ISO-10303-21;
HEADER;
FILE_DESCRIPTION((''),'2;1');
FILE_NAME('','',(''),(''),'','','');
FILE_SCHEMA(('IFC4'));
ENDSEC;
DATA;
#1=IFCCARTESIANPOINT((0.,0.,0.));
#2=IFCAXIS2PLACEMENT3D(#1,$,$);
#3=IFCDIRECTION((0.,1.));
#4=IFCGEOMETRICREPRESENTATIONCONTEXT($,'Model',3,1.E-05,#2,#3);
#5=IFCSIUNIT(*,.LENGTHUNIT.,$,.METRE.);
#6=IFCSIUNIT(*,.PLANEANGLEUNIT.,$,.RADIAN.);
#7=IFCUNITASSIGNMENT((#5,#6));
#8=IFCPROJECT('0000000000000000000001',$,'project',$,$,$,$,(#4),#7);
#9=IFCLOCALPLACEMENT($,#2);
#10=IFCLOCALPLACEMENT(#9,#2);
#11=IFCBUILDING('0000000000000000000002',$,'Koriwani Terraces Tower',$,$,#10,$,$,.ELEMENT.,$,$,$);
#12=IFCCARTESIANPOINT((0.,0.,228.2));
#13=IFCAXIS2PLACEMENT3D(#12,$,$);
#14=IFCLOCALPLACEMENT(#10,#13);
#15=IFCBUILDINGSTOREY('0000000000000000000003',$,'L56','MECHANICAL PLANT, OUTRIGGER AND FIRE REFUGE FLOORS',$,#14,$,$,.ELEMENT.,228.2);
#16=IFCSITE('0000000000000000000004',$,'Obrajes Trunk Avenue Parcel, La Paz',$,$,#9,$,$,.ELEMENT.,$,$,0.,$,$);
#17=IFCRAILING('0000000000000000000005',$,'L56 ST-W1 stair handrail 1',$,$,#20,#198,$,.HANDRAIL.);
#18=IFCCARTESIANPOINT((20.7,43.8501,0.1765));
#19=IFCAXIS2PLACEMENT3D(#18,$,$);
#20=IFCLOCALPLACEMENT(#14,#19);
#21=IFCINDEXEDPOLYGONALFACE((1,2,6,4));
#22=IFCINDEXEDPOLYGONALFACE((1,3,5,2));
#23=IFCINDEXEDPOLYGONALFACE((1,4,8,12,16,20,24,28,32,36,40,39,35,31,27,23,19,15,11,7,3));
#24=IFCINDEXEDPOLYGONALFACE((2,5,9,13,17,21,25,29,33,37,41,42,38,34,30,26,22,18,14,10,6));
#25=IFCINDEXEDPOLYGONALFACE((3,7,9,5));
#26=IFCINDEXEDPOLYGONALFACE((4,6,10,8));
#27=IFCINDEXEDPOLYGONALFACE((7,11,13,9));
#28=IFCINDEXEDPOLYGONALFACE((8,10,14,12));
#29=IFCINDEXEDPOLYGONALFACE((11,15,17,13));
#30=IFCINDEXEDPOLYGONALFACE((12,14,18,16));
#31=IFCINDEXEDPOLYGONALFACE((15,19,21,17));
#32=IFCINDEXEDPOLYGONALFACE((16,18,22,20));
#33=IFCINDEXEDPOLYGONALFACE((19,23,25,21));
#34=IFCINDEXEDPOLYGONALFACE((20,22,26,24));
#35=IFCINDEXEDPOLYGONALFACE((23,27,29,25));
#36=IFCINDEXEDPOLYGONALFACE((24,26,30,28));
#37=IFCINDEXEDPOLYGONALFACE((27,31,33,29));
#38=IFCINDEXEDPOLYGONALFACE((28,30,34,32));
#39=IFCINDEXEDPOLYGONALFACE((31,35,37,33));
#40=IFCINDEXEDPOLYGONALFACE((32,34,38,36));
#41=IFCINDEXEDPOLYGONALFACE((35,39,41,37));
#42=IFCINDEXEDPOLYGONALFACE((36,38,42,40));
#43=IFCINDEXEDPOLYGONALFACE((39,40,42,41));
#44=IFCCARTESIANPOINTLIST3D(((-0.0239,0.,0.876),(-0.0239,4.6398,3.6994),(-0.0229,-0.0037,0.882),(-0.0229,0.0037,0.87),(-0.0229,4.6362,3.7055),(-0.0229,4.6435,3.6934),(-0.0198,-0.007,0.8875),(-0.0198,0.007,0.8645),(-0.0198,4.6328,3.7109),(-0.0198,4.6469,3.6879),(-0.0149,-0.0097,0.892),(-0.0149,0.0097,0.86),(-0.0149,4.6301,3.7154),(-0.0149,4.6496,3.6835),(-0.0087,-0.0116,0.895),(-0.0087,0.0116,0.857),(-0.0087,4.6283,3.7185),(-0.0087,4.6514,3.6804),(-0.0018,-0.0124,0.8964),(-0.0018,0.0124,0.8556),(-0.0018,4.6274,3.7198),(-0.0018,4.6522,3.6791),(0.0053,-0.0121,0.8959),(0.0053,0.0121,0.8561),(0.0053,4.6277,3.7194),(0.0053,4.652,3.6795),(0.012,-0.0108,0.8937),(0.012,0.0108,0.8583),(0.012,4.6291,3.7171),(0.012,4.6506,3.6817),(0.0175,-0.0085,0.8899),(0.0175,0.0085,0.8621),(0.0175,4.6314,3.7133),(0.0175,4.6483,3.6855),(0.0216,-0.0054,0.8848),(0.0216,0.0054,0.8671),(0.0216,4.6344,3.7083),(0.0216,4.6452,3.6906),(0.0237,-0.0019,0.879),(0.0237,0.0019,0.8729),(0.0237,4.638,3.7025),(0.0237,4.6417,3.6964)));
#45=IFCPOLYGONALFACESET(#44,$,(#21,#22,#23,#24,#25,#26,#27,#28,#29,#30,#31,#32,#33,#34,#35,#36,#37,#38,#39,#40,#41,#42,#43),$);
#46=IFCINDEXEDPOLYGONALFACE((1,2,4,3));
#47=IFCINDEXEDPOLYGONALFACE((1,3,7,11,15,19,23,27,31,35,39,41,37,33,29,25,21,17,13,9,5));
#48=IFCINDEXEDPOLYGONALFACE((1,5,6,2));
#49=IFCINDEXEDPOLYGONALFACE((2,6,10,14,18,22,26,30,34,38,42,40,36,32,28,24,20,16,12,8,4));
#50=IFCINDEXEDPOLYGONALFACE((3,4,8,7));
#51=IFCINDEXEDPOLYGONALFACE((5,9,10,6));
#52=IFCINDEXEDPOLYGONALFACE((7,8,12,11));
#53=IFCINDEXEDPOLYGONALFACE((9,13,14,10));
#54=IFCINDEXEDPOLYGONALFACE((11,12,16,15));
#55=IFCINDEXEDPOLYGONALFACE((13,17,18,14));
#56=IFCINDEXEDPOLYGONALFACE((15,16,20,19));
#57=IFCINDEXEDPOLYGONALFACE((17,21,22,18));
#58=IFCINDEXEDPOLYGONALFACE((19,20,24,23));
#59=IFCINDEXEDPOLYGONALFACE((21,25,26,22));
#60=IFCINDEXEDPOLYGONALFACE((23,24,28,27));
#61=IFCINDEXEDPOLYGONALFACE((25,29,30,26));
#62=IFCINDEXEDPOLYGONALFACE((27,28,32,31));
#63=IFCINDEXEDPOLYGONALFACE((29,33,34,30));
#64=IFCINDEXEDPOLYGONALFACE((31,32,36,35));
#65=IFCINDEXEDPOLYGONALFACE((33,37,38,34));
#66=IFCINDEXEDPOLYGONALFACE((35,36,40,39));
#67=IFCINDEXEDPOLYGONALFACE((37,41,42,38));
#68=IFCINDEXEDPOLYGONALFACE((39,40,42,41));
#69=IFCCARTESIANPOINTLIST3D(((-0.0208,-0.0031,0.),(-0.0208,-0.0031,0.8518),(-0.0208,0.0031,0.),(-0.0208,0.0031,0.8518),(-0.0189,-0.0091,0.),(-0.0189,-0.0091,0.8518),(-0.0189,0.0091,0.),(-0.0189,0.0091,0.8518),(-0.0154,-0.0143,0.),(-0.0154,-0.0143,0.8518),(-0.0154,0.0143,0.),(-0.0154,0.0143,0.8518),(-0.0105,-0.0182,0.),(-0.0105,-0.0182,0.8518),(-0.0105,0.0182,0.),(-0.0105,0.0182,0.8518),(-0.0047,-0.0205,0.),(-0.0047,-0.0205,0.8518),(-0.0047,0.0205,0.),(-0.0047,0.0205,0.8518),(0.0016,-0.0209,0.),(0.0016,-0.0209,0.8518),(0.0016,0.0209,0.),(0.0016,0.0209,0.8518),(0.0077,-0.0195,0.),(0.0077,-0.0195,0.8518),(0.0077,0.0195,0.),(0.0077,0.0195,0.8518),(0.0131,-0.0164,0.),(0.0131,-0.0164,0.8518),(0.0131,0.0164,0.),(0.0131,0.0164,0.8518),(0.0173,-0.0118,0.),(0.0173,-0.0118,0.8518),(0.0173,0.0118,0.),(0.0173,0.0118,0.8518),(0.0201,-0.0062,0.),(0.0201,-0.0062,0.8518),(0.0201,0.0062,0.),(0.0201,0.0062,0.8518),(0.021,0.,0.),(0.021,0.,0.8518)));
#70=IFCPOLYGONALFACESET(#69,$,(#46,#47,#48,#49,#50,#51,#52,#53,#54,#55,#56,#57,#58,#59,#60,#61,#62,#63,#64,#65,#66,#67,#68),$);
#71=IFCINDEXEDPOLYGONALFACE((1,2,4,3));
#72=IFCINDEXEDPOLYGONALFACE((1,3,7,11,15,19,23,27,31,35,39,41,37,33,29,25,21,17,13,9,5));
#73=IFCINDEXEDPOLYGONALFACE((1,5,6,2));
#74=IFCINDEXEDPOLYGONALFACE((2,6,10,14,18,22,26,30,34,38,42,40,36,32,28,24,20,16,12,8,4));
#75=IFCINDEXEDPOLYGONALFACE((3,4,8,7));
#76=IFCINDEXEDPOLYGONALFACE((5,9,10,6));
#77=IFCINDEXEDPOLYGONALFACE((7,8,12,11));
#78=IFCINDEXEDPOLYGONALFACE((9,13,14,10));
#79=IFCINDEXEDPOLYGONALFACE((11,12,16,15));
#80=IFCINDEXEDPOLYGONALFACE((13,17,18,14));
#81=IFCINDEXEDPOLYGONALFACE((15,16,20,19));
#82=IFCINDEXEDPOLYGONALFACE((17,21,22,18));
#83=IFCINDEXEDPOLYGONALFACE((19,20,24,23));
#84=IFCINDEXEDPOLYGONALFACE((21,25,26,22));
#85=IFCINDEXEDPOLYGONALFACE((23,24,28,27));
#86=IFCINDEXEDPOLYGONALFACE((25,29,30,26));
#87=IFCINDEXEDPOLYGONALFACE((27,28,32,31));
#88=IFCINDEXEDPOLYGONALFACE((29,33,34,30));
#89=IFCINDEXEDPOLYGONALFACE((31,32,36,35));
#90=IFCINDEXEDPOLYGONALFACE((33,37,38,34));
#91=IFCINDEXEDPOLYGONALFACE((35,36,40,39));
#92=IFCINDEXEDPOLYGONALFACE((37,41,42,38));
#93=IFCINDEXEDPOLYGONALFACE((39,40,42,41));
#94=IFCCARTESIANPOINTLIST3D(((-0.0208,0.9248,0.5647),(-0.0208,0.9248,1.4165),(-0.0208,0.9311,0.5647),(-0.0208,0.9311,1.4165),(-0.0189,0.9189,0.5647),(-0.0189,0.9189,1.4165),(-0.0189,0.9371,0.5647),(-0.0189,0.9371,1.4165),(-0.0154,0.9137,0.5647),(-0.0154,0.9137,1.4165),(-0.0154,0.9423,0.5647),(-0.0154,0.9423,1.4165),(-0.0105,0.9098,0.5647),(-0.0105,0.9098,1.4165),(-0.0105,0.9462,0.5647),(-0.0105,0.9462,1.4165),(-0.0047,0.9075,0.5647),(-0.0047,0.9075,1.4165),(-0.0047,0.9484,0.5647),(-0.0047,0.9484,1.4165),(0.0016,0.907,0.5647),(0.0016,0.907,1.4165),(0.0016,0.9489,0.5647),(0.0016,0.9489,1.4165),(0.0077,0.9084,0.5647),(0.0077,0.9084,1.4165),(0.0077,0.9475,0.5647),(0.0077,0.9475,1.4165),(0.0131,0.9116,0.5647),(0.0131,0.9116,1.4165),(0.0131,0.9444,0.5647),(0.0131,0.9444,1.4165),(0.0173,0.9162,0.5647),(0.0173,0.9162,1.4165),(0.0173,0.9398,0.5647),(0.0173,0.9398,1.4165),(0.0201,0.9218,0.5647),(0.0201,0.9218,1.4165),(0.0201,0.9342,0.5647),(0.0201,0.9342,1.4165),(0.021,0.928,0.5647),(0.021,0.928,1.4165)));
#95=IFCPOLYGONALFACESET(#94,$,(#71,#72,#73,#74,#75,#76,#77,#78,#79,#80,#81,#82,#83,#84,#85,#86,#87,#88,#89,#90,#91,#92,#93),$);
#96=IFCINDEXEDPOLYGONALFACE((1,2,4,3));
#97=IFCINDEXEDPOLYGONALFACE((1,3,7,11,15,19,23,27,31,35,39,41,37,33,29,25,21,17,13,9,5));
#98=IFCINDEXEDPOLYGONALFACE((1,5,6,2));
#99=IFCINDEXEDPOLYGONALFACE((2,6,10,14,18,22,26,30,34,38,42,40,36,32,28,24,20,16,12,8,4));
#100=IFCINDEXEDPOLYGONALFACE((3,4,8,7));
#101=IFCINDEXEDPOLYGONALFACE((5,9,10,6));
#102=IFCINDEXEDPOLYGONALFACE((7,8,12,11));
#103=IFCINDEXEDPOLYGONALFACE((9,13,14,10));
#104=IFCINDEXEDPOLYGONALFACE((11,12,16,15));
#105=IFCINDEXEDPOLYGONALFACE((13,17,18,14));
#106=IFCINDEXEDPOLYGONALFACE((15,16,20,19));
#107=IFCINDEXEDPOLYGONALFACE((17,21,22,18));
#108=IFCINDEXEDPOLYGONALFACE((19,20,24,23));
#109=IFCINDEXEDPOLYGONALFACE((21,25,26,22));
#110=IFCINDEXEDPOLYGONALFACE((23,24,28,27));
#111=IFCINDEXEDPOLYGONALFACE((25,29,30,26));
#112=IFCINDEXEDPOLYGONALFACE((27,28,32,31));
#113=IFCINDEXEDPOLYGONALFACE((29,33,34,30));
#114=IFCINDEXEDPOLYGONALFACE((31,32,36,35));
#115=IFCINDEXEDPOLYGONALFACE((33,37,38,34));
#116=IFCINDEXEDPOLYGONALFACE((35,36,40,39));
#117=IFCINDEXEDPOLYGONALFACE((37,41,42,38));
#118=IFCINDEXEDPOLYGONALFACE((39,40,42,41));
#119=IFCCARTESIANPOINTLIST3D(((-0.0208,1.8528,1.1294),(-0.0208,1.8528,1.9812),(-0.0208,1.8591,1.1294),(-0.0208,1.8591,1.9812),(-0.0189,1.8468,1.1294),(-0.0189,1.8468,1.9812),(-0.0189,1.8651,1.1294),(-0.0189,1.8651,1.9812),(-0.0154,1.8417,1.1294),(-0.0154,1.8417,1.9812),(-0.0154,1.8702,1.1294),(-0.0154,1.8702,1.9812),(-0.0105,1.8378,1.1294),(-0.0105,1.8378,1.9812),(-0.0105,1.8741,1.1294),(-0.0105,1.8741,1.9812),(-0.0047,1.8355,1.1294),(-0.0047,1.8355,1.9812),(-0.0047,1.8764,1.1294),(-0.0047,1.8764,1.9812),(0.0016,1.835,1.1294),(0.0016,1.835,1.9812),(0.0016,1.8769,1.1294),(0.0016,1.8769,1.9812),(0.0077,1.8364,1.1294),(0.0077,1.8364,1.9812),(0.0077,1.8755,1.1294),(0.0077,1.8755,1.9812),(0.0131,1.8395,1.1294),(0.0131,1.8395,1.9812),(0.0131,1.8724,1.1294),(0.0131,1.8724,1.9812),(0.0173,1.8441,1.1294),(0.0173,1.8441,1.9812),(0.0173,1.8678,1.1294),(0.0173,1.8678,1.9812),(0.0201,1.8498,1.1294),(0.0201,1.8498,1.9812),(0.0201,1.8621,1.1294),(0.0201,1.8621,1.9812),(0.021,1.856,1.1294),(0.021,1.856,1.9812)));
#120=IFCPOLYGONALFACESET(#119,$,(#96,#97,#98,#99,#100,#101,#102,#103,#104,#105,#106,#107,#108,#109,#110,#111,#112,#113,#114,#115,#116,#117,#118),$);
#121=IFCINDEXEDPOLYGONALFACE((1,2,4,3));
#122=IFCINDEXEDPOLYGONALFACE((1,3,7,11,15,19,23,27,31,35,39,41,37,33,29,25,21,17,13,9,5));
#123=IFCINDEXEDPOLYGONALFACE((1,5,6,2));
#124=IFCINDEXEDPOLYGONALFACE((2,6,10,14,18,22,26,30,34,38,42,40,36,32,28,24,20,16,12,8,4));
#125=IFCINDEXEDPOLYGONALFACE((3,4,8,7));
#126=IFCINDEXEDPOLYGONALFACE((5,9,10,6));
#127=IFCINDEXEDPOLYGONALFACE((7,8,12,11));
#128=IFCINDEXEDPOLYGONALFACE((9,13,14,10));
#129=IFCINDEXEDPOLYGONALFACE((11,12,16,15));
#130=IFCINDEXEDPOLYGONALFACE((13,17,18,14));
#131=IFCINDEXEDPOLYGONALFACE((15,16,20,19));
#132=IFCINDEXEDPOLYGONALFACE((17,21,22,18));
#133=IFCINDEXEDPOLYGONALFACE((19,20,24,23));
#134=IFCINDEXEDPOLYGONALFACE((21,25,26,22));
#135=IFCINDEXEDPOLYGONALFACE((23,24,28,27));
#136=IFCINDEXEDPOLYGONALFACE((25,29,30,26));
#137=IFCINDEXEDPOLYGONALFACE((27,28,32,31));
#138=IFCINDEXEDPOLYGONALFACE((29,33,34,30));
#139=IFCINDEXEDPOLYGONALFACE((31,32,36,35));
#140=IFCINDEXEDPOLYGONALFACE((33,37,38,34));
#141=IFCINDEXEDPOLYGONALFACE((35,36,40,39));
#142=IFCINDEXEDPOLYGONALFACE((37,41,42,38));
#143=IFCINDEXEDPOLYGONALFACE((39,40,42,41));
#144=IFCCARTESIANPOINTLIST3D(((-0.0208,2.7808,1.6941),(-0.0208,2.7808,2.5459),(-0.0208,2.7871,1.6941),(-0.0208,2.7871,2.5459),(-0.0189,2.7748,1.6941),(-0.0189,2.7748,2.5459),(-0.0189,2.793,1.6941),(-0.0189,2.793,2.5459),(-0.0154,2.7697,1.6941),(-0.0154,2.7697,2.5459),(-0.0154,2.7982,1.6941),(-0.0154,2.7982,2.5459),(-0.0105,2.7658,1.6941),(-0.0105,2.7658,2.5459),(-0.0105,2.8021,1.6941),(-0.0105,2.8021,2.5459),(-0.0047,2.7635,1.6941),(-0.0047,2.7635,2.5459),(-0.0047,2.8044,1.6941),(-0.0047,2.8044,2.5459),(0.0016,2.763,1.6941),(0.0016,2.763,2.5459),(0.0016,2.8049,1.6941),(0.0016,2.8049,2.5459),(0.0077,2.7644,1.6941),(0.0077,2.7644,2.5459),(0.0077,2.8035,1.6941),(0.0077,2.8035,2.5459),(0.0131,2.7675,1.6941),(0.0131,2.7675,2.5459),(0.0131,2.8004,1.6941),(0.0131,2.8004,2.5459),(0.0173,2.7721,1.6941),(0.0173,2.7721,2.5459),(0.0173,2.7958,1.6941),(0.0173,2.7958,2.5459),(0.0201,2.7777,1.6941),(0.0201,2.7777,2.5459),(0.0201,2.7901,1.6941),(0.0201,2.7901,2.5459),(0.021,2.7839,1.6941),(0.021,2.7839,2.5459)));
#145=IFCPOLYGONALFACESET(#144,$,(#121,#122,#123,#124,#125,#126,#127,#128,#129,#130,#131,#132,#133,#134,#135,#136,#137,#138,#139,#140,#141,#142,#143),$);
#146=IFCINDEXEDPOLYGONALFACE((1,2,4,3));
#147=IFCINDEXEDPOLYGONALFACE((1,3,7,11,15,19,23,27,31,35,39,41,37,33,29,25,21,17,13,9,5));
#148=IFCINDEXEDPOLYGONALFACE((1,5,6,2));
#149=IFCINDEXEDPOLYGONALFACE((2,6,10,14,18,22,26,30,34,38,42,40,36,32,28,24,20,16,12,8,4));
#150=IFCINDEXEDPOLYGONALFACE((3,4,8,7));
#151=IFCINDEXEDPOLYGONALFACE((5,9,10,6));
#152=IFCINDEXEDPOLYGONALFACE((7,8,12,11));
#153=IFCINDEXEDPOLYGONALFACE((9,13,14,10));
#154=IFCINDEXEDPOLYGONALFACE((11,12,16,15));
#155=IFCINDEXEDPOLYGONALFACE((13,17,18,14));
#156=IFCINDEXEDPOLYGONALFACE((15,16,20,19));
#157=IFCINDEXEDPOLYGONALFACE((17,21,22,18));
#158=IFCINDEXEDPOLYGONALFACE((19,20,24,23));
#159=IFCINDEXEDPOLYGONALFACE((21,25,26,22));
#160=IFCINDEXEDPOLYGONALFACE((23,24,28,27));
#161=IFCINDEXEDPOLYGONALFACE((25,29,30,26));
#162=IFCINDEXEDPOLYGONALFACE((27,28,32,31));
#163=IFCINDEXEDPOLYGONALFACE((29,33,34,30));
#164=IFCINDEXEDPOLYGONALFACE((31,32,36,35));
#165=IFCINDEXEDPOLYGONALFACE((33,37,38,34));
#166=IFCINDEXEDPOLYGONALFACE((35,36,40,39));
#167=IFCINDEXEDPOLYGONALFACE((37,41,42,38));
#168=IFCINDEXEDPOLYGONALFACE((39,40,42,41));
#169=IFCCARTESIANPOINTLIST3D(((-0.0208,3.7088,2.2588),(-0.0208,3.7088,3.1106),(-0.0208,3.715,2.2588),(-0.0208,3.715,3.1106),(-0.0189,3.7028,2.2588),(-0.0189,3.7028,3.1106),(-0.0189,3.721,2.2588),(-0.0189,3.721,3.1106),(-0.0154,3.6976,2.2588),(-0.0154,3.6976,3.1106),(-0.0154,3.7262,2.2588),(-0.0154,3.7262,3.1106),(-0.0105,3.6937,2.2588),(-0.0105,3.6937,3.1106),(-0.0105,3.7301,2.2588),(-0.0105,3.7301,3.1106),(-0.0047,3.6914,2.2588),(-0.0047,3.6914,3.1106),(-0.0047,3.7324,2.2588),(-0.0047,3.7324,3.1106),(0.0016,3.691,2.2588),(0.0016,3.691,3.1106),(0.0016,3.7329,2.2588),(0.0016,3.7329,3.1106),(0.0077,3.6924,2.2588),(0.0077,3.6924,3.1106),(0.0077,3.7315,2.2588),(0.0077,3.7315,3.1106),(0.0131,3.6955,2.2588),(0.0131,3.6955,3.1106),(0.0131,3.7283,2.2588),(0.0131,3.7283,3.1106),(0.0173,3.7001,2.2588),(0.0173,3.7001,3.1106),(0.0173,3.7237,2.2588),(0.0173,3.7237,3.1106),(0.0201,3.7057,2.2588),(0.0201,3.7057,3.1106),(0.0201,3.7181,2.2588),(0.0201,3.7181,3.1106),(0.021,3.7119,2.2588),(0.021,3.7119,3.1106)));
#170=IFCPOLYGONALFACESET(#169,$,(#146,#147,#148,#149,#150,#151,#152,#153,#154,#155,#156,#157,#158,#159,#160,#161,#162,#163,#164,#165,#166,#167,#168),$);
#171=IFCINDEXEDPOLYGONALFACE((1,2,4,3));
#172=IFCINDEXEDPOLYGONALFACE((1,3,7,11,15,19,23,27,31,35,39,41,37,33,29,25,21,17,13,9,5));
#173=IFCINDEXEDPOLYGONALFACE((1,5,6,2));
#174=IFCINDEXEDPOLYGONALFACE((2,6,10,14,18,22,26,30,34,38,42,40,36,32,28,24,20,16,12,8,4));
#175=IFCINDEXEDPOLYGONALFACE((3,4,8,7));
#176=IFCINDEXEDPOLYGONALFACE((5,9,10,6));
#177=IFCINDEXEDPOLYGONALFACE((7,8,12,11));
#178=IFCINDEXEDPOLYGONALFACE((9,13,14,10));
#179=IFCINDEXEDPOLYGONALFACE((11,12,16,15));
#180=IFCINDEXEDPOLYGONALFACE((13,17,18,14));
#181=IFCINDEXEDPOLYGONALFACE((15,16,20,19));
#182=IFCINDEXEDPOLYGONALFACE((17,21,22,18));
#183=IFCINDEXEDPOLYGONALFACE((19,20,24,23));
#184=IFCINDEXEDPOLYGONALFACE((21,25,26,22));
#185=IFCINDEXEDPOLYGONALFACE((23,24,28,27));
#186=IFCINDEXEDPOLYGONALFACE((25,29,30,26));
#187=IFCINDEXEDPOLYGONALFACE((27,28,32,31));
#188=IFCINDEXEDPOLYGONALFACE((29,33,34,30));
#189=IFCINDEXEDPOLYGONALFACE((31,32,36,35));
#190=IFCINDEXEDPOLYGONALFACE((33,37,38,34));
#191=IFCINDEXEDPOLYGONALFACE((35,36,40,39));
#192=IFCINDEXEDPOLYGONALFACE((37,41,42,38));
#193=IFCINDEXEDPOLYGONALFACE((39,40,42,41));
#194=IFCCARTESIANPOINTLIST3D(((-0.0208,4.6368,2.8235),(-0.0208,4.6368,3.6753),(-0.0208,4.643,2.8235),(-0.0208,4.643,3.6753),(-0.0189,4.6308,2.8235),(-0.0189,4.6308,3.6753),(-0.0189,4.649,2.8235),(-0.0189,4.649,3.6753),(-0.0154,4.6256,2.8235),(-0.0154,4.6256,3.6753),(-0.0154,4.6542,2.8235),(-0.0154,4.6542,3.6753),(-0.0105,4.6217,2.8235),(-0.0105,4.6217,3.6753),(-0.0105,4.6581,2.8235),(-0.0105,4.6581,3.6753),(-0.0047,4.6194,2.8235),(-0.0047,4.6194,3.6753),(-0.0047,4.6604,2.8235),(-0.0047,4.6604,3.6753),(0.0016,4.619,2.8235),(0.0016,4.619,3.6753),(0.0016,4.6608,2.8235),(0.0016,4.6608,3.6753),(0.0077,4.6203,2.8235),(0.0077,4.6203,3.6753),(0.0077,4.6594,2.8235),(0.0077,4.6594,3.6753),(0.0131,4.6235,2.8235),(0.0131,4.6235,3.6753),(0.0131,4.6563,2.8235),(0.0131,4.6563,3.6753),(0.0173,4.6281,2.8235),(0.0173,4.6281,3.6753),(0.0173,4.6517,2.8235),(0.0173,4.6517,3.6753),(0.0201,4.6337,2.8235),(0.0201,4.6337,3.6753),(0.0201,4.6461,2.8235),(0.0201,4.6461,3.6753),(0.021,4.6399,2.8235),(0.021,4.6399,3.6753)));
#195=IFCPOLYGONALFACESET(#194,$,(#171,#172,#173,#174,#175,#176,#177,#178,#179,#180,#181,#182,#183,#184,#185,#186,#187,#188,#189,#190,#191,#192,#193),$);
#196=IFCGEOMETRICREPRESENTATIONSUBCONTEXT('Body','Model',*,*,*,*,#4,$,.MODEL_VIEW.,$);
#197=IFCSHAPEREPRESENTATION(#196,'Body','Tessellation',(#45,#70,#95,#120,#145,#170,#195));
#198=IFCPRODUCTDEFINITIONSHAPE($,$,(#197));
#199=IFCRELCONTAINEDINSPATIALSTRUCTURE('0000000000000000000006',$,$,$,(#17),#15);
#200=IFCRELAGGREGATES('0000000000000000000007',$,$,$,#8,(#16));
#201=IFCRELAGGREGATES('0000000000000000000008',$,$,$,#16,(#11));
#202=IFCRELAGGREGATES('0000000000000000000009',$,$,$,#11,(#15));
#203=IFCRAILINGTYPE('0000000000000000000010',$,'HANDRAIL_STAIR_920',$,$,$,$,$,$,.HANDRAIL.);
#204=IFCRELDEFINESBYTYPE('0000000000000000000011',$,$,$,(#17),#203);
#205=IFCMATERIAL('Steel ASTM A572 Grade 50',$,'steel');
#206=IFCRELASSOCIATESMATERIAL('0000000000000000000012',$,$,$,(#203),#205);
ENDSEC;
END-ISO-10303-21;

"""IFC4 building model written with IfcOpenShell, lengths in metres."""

from ifc_helpers import new_model, si_unit, direction, frame, origin, origin_2d, place, context, subcontext, project, spatial, circle, extrude, material, type_object, element, save


model = new_model("IFC4")

# Units and contexts
model_context = context("Model", 3, precision=1e-05, world=origin(), true_north=direction((0.0, 1.0)))
body_context = subcontext(model_context, "Body", "Model", "MODEL_VIEW")
ifc_project = project(units=[si_unit("LENGTHUNIT", "METRE"), si_unit("PLANEANGLEUNIT", "RADIAN")], contexts=[model_context])

# Site, building, storey
site_placement = place(None, origin())
site = spatial("IfcSite", under=ifc_project, at=site_placement, Name="Obrajes Trunk Avenue Parcel, La Paz", CompositionType="ELEMENT", RefElevation=0.0)
building_placement = place(site_placement, origin())
building = spatial("IfcBuilding", under=site, at=building_placement, Name="Koriwani Terraces Tower", CompositionType="ELEMENT")
storey_placement = place(building_placement, frame((0.0, 0.0, 228.2)))
storey = spatial("IfcBuildingStorey", under=building, at=storey_placement, Name="L56", Description="MECHANICAL PLANT, OUTRIGGER AND FIRE REFUGE FLOORS", CompositionType="ELEMENT", Elevation=228.2)

# Shared definitions
ifc_material_1 = material(Name="Steel ASTM A572 Grade 50", Category="steel")

# Railing
railing_type_1 = type_object("IfcRailingType", Name="HANDRAIL_STAIR_920", PredefinedType="HANDRAIL", material=ifc_material_1)
railing_1_placement = place(storey_placement, frame((20.7, 43.8501, 0.1765)))
element("IfcRailing", 1, at=railing_1_placement, inside=storey, type_object=railing_type_1, Name="L56 ST-W1 stair handrail 1", PredefinedType="HANDRAIL", context=body_context, shape_type="SweptSolid", body=[
    extrude(circle(Radius=0.0239, at=origin_2d()), frame((0.0, 0.0, 0.876), z_axis=(0.0, 0.854264, 0.51984), x_axis=(-1.0, 0.0, 0.0)), (0.0, 0.0, 1.0), 5.4314),
    extrude(circle(Radius=0.021, at=origin_2d()), origin(), (0.0, 0.0, 1.0), 0.8518),
    extrude(circle(Radius=0.021, at=origin_2d()), frame((0.0, 0.928, 0.5647)), (0.0, 0.0, 1.0), 0.8518),
    extrude(circle(Radius=0.021, at=origin_2d()), frame((0.0, 1.856, 1.1294)), (0.0, 0.0, 1.0), 0.8518),
    extrude(circle(Radius=0.021, at=origin_2d()), frame((0.0, 2.7839, 1.6941)), (0.0, 0.0, 1.0), 0.8518),
    extrude(circle(Radius=0.021, at=origin_2d()), frame((0.0, 3.7119, 2.2588)), (0.0, 0.0, 1.0), 0.8518),
    extrude(circle(Radius=0.021, at=origin_2d()), frame((0.0, 4.6399, 2.8235)), (0.0, 0.0, 1.0), 0.8518),
])

save(model, "model.ifc")
